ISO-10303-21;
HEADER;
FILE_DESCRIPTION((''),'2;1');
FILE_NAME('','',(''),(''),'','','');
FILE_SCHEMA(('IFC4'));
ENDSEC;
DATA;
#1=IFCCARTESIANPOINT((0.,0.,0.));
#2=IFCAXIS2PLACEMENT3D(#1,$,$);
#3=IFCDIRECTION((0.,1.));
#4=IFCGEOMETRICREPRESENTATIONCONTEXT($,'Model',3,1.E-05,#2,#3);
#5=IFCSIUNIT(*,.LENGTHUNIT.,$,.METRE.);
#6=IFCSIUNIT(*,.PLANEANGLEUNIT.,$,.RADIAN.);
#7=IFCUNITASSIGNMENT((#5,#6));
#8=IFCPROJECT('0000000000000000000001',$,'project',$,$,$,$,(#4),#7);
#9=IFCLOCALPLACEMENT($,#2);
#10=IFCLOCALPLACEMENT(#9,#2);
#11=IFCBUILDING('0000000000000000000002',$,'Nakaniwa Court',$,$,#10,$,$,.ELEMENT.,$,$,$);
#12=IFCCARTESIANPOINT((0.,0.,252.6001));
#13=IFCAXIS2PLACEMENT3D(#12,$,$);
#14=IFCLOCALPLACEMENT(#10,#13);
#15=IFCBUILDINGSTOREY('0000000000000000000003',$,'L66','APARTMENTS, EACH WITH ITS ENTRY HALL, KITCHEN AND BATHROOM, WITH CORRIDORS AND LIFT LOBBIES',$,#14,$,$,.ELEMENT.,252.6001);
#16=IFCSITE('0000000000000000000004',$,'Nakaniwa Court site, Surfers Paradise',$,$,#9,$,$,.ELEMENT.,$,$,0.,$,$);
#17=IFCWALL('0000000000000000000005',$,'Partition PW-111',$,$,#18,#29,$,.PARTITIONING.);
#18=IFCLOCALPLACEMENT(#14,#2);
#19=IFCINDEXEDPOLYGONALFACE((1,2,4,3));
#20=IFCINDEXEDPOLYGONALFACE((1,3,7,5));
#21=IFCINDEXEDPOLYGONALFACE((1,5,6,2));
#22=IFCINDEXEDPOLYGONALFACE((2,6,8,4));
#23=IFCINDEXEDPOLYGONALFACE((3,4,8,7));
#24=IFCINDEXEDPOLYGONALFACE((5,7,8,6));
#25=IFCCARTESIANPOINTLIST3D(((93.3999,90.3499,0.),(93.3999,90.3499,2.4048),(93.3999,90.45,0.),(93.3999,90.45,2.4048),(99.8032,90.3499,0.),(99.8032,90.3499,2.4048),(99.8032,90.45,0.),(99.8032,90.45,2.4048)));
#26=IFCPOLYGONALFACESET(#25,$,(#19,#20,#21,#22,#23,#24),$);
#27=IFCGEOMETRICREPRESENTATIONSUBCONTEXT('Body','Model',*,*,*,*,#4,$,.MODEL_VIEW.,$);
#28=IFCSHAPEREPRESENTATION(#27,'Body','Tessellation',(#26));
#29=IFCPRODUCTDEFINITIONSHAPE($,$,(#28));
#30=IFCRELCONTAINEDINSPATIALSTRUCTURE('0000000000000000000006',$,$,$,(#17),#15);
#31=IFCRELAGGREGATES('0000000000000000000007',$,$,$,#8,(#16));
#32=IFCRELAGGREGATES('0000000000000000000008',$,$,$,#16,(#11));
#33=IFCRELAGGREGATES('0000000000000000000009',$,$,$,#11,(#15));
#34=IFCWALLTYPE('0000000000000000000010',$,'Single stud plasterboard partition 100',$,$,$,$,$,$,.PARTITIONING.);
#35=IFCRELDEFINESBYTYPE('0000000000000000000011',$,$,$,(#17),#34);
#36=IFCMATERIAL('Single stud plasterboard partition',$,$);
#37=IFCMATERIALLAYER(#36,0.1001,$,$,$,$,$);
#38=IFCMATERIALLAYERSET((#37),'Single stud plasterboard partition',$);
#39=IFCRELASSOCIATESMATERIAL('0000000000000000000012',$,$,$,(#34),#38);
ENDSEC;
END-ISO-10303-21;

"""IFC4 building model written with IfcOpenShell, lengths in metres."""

from ifc_helpers import new_model, si_unit, direction, frame, frame_2d, origin, place, context, subcontext, project, spatial, rectangle, extrude, material, layer, layer_set, type_object, element, save


model = new_model("IFC4")

# Units and contexts
model_context = context("Model", 3, precision=1e-05, world=origin(), true_north=direction((0.0, 1.0)))
body_context = subcontext(model_context, "Body", "Model", "MODEL_VIEW")
ifc_project = project(units=[si_unit("LENGTHUNIT", "METRE"), si_unit("PLANEANGLEUNIT", "RADIAN")], contexts=[model_context])

# Site, building, storey
site_placement = place(None, origin())
site = spatial("IfcSite", under=ifc_project, at=site_placement, Name="Nakaniwa Court site, Surfers Paradise", CompositionType="ELEMENT", RefElevation=0.0)
building_placement = place(site_placement, origin())
building = spatial("IfcBuilding", under=site, at=building_placement, Name="Nakaniwa Court", CompositionType="ELEMENT")
storey_placement = place(building_placement, frame((0.0, 0.0, 252.6001)))
storey = spatial("IfcBuildingStorey", under=building, at=storey_placement, Name="L66", Description="APARTMENTS, EACH WITH ITS ENTRY HALL, KITCHEN AND BATHROOM, WITH CORRIDORS AND LIFT LOBBIES", CompositionType="ELEMENT", Elevation=252.6001)

# Shared definitions
ifc_material_1 = material(Name="Single stud plasterboard partition")
ifc_layer_1 = layer(ifc_material_1, 0.1001)
ifc_layer_set_1 = layer_set([ifc_layer_1], Name="Single stud plasterboard partition")
wall_type_1 = type_object("IfcWallType", Name="Single stud plasterboard partition 100", PredefinedType="PARTITIONING", material=ifc_layer_set_1)

# Wall
wall_1_placement = place(storey_placement, frame((93.3999, 90.3999, 0.0), z_axis=(0.0, 0.0, 1.0), x_axis=(1.0, 0.0, 0.0)))
element("IfcWall", 1, at=wall_1_placement, inside=storey, type_object=wall_type_1, Name="Partition PW-111", PredefinedType="PARTITIONING", context=body_context, shape_type="SweptSolid", body=[
    extrude(rectangle(XDim=6.4033, YDim=0.1001, at=frame_2d((3.2017, 0.0))), origin(), (0.0, 0.0, 1.0), 2.4048),
])

save(model, "model.ifc")
